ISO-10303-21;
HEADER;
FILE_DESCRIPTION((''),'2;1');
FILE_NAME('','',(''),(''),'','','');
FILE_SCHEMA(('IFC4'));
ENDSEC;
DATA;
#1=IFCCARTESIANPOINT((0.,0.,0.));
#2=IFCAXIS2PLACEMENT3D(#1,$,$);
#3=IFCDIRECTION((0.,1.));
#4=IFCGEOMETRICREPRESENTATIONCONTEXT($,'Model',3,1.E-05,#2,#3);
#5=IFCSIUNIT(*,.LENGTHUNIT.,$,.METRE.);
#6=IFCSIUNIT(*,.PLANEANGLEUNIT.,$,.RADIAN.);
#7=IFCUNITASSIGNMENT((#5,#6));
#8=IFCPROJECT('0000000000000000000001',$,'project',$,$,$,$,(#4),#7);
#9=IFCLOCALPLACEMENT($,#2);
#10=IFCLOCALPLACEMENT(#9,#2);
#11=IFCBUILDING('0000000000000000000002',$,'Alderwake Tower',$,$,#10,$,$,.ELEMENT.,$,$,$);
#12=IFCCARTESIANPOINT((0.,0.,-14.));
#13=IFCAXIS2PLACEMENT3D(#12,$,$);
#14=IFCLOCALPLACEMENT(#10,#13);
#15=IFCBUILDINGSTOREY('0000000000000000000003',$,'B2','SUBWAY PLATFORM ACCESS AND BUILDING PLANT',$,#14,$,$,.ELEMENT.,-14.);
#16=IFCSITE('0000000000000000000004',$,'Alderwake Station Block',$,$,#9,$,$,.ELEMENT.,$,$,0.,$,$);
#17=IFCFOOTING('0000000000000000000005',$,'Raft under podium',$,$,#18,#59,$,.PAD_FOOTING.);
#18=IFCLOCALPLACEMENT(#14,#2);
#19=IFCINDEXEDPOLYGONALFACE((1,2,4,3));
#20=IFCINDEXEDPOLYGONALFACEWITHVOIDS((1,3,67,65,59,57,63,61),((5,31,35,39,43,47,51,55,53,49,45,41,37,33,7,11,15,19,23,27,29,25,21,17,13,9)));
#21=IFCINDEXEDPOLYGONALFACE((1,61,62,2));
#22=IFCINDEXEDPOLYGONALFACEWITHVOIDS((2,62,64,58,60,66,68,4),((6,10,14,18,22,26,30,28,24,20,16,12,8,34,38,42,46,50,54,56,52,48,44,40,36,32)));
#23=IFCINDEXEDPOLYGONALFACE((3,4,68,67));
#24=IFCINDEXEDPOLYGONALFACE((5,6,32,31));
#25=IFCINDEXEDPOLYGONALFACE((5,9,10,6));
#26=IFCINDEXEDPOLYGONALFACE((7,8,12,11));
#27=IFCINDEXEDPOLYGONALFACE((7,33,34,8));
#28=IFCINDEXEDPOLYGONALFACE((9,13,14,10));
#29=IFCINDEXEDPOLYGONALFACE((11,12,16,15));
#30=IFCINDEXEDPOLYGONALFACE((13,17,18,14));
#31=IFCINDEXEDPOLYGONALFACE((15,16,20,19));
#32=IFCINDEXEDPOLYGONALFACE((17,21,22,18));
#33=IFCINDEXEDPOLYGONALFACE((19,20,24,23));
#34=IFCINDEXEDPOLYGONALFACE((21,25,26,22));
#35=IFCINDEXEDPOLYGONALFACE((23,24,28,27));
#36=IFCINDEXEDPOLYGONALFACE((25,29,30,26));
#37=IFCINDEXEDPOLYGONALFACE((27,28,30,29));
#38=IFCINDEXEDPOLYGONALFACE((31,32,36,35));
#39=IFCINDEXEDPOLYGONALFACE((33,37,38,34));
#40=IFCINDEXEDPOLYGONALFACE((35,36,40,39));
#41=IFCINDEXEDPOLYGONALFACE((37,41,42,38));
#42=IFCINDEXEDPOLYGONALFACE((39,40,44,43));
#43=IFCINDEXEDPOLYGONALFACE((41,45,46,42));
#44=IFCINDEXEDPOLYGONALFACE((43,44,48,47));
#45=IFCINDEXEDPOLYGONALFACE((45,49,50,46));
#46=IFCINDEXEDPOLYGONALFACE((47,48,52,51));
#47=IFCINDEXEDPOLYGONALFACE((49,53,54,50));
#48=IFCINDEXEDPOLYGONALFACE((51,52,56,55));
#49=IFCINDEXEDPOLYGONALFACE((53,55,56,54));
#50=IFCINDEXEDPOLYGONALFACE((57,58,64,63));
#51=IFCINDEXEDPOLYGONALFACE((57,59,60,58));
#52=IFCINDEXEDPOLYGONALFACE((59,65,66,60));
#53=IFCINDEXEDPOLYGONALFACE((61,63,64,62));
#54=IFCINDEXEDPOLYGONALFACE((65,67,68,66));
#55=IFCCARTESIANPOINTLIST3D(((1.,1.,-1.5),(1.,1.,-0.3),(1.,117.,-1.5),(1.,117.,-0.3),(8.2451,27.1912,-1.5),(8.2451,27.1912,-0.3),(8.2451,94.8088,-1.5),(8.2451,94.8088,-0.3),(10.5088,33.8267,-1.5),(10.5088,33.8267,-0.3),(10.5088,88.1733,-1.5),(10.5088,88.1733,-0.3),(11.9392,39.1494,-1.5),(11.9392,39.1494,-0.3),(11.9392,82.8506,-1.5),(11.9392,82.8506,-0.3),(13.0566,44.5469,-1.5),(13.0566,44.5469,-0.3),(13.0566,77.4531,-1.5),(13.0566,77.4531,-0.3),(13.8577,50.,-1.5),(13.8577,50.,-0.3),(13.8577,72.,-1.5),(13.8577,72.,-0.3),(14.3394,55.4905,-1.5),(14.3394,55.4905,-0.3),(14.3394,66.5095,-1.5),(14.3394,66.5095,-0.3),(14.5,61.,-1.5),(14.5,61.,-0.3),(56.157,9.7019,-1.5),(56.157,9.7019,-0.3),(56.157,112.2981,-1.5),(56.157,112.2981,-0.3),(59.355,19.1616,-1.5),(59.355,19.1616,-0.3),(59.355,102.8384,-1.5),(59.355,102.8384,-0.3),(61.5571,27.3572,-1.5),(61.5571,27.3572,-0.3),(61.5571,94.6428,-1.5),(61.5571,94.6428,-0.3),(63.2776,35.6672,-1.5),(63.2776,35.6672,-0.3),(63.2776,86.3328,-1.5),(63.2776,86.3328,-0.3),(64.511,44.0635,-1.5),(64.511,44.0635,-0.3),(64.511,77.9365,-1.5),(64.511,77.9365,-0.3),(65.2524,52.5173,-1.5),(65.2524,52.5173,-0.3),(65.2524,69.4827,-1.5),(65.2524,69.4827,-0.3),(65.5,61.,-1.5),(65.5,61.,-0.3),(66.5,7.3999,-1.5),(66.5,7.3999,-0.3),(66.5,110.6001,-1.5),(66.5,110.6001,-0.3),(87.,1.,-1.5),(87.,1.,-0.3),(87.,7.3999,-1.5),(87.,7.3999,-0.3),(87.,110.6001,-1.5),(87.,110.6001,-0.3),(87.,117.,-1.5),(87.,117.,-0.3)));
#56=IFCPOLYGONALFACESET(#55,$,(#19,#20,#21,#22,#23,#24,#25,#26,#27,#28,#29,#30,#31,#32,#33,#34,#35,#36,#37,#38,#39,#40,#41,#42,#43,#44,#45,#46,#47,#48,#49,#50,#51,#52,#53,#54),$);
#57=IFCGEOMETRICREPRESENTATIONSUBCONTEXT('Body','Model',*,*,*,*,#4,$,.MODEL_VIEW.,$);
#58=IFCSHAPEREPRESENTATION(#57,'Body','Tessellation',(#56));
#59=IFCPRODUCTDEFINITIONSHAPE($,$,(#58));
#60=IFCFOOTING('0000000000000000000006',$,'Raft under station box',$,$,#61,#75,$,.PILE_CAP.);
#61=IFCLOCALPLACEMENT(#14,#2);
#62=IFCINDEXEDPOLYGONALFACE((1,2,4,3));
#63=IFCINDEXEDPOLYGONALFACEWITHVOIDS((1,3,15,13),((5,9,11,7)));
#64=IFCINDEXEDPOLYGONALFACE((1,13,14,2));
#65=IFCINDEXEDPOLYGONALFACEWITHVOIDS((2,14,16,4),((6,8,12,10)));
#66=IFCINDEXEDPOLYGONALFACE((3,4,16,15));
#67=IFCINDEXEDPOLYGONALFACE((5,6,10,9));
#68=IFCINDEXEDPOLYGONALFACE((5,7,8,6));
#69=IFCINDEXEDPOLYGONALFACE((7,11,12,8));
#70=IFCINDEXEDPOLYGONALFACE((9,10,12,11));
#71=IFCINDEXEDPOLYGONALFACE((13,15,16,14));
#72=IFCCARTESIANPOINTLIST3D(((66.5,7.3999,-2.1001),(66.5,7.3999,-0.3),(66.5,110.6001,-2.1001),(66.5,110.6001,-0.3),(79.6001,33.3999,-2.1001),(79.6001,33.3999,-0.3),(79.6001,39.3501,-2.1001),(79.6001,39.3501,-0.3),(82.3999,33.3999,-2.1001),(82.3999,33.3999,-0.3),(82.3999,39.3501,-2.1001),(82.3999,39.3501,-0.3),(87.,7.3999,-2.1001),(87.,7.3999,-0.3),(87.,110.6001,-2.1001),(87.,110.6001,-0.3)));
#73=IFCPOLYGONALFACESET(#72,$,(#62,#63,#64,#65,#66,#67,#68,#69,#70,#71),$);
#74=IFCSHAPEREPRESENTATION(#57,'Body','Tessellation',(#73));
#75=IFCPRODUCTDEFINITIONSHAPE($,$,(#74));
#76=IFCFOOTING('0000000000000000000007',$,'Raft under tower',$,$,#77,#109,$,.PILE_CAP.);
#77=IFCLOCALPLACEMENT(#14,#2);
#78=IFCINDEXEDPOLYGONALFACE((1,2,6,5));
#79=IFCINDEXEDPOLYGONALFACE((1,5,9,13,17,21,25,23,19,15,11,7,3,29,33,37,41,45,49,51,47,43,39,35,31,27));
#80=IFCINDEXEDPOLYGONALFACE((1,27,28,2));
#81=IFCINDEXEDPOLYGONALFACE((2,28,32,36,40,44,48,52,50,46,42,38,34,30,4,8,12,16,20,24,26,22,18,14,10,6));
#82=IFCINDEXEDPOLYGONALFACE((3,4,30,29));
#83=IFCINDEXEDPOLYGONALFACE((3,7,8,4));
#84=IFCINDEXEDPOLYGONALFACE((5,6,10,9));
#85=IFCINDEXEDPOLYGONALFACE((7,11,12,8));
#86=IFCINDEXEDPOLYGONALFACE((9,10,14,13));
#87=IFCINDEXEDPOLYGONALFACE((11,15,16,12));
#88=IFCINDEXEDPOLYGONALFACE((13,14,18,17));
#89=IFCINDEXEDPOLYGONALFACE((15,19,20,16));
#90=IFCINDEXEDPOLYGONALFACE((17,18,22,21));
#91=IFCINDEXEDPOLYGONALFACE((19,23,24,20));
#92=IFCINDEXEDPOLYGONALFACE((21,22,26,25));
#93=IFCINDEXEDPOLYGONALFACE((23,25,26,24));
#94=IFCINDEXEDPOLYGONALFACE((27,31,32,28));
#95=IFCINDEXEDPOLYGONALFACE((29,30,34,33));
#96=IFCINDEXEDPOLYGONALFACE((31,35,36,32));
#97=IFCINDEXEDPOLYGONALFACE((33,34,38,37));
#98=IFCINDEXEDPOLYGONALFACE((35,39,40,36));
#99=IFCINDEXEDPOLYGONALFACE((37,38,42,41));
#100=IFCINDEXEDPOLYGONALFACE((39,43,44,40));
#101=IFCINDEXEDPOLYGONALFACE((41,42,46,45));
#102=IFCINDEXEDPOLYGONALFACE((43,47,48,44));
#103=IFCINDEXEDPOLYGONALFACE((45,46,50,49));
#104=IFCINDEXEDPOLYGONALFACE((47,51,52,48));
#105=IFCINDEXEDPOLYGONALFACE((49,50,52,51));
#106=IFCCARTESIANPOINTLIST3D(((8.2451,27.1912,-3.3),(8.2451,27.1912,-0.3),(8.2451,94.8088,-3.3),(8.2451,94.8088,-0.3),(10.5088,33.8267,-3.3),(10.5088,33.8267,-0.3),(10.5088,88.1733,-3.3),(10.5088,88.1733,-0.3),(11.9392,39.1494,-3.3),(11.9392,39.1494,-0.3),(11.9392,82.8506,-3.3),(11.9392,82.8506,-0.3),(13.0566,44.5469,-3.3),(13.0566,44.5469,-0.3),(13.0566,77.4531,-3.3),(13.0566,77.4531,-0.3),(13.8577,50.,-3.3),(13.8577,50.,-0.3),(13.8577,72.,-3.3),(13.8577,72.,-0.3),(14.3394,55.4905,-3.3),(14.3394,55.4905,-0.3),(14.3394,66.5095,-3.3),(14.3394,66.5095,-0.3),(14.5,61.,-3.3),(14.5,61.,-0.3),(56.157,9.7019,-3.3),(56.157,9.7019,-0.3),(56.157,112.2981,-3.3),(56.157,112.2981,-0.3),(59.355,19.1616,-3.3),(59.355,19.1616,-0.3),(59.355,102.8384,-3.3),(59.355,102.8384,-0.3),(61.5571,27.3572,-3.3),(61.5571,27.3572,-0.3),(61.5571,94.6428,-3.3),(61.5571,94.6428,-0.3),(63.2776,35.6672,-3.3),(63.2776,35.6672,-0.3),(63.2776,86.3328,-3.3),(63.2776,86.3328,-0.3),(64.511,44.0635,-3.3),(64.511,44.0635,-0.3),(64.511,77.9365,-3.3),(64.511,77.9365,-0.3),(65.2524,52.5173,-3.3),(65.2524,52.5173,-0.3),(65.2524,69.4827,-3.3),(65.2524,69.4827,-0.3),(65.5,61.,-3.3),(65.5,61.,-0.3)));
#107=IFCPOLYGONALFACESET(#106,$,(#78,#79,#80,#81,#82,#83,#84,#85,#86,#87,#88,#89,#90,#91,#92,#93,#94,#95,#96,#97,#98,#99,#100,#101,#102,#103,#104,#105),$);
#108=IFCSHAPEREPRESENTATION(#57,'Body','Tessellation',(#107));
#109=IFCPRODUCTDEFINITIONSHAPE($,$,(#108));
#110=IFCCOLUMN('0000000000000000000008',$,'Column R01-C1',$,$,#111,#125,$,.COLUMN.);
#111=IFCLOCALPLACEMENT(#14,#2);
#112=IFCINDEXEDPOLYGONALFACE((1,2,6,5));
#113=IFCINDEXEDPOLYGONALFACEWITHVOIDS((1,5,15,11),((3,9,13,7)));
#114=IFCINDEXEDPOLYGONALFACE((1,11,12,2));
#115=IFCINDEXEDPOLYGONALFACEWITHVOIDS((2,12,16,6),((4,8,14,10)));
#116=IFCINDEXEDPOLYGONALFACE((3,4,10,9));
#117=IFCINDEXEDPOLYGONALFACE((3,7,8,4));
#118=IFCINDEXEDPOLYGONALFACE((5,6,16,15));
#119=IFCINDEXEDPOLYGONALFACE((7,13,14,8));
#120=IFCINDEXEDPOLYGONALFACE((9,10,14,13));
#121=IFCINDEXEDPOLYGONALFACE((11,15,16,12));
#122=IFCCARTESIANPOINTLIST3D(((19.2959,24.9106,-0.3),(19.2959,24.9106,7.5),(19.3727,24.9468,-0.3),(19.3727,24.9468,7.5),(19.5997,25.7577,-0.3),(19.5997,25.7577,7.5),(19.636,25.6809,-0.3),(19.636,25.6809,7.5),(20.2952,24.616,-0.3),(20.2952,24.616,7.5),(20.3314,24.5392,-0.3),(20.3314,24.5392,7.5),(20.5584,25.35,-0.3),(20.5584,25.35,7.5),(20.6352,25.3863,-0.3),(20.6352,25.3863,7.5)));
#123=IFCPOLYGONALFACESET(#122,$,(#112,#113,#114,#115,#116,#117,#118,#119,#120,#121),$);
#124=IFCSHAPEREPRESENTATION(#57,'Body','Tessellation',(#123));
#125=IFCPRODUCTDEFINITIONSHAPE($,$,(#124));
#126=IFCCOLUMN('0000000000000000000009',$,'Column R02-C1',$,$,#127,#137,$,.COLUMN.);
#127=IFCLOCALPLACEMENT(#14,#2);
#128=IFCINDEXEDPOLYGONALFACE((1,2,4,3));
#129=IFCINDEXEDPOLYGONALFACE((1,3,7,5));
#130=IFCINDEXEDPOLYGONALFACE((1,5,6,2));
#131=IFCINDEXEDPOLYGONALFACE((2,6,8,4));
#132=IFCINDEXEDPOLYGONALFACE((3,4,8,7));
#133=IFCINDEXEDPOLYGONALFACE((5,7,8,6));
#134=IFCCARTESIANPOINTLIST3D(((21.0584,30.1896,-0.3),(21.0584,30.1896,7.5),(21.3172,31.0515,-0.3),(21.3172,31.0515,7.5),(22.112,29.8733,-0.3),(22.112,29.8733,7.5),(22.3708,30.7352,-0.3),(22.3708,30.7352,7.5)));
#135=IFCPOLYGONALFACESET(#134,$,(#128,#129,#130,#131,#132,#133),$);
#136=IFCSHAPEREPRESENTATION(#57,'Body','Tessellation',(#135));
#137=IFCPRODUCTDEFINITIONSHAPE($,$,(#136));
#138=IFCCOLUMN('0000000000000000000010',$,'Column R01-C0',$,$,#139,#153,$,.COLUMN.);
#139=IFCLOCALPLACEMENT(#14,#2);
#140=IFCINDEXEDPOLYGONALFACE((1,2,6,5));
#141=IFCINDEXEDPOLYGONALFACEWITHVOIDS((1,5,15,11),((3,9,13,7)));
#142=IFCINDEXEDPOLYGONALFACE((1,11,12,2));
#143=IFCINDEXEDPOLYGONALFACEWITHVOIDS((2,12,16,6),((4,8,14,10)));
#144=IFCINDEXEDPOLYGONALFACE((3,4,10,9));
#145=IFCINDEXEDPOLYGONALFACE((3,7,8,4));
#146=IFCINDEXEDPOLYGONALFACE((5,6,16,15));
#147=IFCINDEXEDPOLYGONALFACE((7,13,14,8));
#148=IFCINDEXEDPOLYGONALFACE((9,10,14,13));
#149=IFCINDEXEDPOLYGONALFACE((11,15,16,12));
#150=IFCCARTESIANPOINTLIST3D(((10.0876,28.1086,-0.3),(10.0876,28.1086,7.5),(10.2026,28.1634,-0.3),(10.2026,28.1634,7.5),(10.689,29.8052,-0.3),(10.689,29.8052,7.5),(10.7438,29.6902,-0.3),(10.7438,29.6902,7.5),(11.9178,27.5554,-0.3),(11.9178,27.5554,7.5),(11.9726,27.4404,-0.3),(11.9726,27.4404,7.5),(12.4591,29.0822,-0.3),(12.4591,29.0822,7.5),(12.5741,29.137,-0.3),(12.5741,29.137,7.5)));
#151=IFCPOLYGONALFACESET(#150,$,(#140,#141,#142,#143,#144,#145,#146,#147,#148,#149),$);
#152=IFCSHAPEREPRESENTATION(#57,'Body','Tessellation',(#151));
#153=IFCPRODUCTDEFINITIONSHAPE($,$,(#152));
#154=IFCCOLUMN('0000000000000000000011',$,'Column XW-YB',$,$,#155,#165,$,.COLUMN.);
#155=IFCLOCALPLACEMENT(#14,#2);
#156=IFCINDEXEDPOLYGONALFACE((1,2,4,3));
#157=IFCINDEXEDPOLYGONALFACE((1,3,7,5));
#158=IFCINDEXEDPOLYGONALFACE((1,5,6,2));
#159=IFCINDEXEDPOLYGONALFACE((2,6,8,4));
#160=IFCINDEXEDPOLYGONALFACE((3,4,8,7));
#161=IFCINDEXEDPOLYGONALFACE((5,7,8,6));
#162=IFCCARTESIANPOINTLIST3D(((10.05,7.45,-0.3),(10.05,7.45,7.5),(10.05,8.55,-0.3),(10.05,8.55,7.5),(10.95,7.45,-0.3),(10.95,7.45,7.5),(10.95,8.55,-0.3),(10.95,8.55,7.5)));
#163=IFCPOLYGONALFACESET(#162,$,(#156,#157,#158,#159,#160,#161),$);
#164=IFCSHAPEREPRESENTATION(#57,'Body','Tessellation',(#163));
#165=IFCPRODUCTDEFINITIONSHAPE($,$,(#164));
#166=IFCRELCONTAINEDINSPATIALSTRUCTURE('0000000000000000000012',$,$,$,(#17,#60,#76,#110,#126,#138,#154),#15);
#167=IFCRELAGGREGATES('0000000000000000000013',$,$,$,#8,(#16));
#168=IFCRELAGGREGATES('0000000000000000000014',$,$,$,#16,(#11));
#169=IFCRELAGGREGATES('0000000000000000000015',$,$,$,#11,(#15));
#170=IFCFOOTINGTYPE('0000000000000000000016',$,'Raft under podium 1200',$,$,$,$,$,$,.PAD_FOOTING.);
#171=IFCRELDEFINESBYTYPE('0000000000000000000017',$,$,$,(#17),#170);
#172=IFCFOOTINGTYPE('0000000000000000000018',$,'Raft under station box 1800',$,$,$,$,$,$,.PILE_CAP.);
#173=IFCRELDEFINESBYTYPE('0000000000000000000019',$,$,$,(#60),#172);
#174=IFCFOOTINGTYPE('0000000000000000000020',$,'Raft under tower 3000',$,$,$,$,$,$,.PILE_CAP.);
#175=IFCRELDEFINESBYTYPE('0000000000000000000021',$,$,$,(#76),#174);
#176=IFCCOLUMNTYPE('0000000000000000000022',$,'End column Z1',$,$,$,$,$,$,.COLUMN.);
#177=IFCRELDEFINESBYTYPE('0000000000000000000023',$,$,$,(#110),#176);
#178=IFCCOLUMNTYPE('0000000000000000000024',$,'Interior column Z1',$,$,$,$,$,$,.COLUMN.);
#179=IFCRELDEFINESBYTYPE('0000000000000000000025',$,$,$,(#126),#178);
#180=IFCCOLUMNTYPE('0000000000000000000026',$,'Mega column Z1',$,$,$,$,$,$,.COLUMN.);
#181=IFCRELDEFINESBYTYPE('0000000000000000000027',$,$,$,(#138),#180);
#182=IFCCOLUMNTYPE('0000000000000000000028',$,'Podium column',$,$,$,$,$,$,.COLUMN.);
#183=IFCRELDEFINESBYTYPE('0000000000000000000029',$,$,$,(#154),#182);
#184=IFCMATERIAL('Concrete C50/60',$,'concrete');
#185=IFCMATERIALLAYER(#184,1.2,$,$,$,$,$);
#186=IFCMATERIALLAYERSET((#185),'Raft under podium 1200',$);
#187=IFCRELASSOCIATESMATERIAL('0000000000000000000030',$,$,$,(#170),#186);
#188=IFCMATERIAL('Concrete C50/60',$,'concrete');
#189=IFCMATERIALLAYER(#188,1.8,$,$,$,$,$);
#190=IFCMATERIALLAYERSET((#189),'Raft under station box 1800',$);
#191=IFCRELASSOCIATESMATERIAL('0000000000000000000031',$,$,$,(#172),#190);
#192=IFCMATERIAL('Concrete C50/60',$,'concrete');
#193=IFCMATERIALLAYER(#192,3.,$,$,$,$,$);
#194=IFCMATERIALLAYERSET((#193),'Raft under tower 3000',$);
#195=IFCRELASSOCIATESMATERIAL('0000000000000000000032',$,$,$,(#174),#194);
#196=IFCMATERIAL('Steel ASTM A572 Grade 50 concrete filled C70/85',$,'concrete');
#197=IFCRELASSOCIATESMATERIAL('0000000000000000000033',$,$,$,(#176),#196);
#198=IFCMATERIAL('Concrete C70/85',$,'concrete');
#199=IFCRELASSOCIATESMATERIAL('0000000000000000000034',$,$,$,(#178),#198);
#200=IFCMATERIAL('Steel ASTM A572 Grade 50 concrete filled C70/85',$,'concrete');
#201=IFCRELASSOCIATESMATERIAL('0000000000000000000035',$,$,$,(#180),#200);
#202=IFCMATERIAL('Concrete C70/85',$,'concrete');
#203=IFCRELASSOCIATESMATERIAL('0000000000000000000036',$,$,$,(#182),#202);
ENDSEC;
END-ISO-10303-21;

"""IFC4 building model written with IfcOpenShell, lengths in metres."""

from ifc_helpers import new_model, si_unit, direction, frame, origin, origin_2d, place, context, subcontext, project, spatial, polyline, rectangle, hollow_rectangle, outline, extrude, material, layer, layer_set, material_profile, profile_set, type_object, element, save


model = new_model("IFC4")

# Units and contexts
model_context = context("Model", 3, precision=1e-05, world=origin(), true_north=direction((0.0, 1.0)))
body_context = subcontext(model_context, "Body", "Model", "MODEL_VIEW")
ifc_project = project(units=[si_unit("LENGTHUNIT", "METRE"), si_unit("PLANEANGLEUNIT", "RADIAN")], contexts=[model_context])

# Site, building, storey
site_placement = place(None, origin())
site = spatial("IfcSite", under=ifc_project, at=site_placement, Name="Alderwake Station Block", CompositionType="ELEMENT", RefElevation=0.0)
building_placement = place(site_placement, origin())
building = spatial("IfcBuilding", under=site, at=building_placement, Name="Alderwake Tower", CompositionType="ELEMENT")
storey_placement = place(building_placement, frame((0.0, 0.0, -14.0)))
storey = spatial("IfcBuildingStorey", under=building, at=storey_placement, Name="B2", Description="SUBWAY PLATFORM ACCESS AND BUILDING PLANT", CompositionType="ELEMENT", Elevation=-14.0)

# Footings
ifc_material_1 = material(Name="Concrete C50/60", Category="concrete")
ifc_layer_1 = layer(ifc_material_1, 1.2)
ifc_layer_set_1 = layer_set([ifc_layer_1], Name="Raft under podium 1200")
footing_type_1 = type_object("IfcFootingType", Name="Raft under podium 1200", PredefinedType="PAD_FOOTING", material=ifc_layer_set_1)
footing_1_placement = place(storey_placement, frame((0.0, 0.0, -1.5)))
element("IfcFooting", 1, at=footing_1_placement, inside=storey, type_object=footing_type_1, Name="Raft under podium", PredefinedType="PAD_FOOTING", context=body_context, shape_type="SweptSolid", body=[
    extrude(outline(polyline([(1.0, 117.0), (87.0, 117.0), (87.0, 110.6001), (66.5, 110.6001), (66.5, 7.3999), (87.0, 7.3999), (87.0, 1.0), (1.0, 1.0), (1.0, 117.0)]), holes=[polyline([(59.355, 19.1616), (61.5571, 27.3572), (63.2776, 35.6672), (64.511, 44.0635), (65.2524, 52.5173), (65.5, 61.0), (65.2524, 69.4827), (64.511, 77.9365), (63.2776, 86.3328), (61.5571, 94.6428), (59.355, 102.8384), (56.157, 112.2981), (8.2451, 94.8088), (10.5088, 88.1733), (11.9392, 82.8506), (13.0566, 77.4531), (13.8577, 72.0), (14.3394, 66.5095), (14.5, 61.0), (14.3394, 55.4905), (13.8577, 50.0), (13.0566, 44.5469), (11.9392, 39.1494), (10.5088, 33.8267), (8.2451, 27.1912), (56.157, 9.7019), (59.355, 19.1616)])]), origin(), (0.0, 0.0, 1.0), 1.2),
])
ifc_material_2 = material(Name="Concrete C50/60", Category="concrete")
ifc_layer_2 = layer(ifc_material_2, 1.8)
ifc_layer_set_2 = layer_set([ifc_layer_2], Name="Raft under station box 1800")
footing_type_2 = type_object("IfcFootingType", Name="Raft under station box 1800", PredefinedType="PILE_CAP", material=ifc_layer_set_2)
footing_2_placement = place(storey_placement, frame((0.0, 0.0, -2.1001)))
element("IfcFooting", 2, at=footing_2_placement, inside=storey, type_object=footing_type_2, Name="Raft under station box", PredefinedType="PILE_CAP", context=body_context, shape_type="SweptSolid", body=[
    extrude(outline(polyline([(66.5, 7.3999), (66.5, 110.6001), (87.0, 110.6001), (87.0, 7.3999), (66.5, 7.3999)]), holes=[polyline([(82.3999, 39.3501), (79.6001, 39.3501), (79.6001, 33.3999), (82.3999, 33.3999), (82.3999, 39.3501)])]), origin(), (0.0, 0.0, 1.0), 1.8),
])
ifc_material_3 = material(Name="Concrete C50/60", Category="concrete")
ifc_layer_3 = layer(ifc_material_3, 3.0)
ifc_layer_set_3 = layer_set([ifc_layer_3], Name="Raft under tower 3000")
footing_type_3 = type_object("IfcFootingType", Name="Raft under tower 3000", PredefinedType="PILE_CAP", material=ifc_layer_set_3)
footing_3_placement = place(storey_placement, frame((0.0, 0.0, -3.3)))
element("IfcFooting", 3, at=footing_3_placement, inside=storey, type_object=footing_type_3, Name="Raft under tower", PredefinedType="PILE_CAP", context=body_context, shape_type="SweptSolid", body=[
    extrude(outline(polyline([(8.2451, 27.1912), (56.157, 9.7019), (59.355, 19.1616), (61.5571, 27.3572), (63.2776, 35.6672), (64.511, 44.0635), (65.2524, 52.5173), (65.5, 61.0), (65.2524, 69.4827), (64.511, 77.9365), (63.2776, 86.3328), (61.5571, 94.6428), (59.355, 102.8384), (56.157, 112.2981), (8.2451, 94.8088), (10.5088, 88.1733), (11.9392, 82.8506), (13.0566, 77.4531), (13.8577, 72.0), (14.3394, 66.5095), (14.5, 61.0), (14.3394, 55.4905), (13.8577, 50.0), (13.0566, 44.5469), (11.9392, 39.1494), (10.5088, 33.8267), (8.2451, 27.1912)])), origin(), (0.0, 0.0, 1.0), 3.0),
])

# Columns
ifc_material_4 = material(Name="Steel ASTM A572 Grade 50 concrete filled C70/85", Category="concrete")
ifc_material_profile_1 = material_profile(ifc_material_4, hollow_rectangle(XDim=0.8999, YDim=1.1001, WallThickness=0.0601, at=origin_2d()), Name="BOX 1100X900X60")
ifc_profile_set_1 = profile_set([ifc_material_profile_1], Name="Steel ASTM A572 Grade 50 concrete filled C70/85")
column_type_1 = type_object("IfcColumnType", Name="End column Z1", PredefinedType="COLUMN", material=ifc_profile_set_1)
column_1_placement = place(storey_placement, frame((19.9656, 25.1484, -0.3), z_axis=(0.0, 0.0, 1.0), x_axis=(0.337585, 0.941295, 0.0)))
element("IfcColumn", 4, at=column_1_placement, inside=storey, type_object=column_type_1, Name="Column R01-C1", PredefinedType="COLUMN", context=body_context, shape_type="SweptSolid", body=[
    extrude(hollow_rectangle(XDim=0.8999, YDim=1.1001, WallThickness=0.0601, at=origin_2d()), origin(), (0.0, 0.0, 1.0), 7.8),
])
ifc_material_5 = material(Name="Concrete C70/85", Category="concrete")
ifc_material_profile_2 = material_profile(ifc_material_5, rectangle(XDim=0.8999, YDim=1.1001, at=origin_2d()), Name="RC 1100X900")
ifc_profile_set_2 = profile_set([ifc_material_profile_2], Name="Concrete C70/85")
column_type_2 = type_object("IfcColumnType", Name="Interior column Z1", PredefinedType="COLUMN", material=ifc_profile_set_2)
column_2_placement = place(storey_placement, frame((21.7146, 30.4624, -0.3), z_axis=(0.0, 0.0, 1.0), x_axis=(0.287549, 0.957766, 0.0)))
element("IfcColumn", 5, at=column_2_placement, inside=storey, type_object=column_type_2, Name="Column R02-C1", PredefinedType="COLUMN", context=body_context, shape_type="SweptSolid", body=[
    extrude(rectangle(XDim=0.8999, YDim=1.1001, at=origin_2d()), origin(), (0.0, 0.0, 1.0), 7.8),
])
ifc_material_6 = material(Name="Steel ASTM A572 Grade 50 concrete filled C70/85", Category="concrete")
ifc_material_profile_3 = material_profile(ifc_material_6, hollow_rectangle(XDim=1.8, YDim=2.0, WallThickness=0.0901, at=origin_2d()), Name="BOX 2000X1800X90")
ifc_profile_set_3 = profile_set([ifc_material_profile_3], Name="Steel ASTM A572 Grade 50 concrete filled C70/85")
column_type_3 = type_object("IfcColumnType", Name="Mega column Z1", PredefinedType="COLUMN", material=ifc_profile_set_3)
column_3_placement = place(storey_placement, frame((11.3308, 28.6228, -0.3), z_axis=(0.0, 0.0, 1.0), x_axis=(0.334131, 0.942527, 0.0)))
element("IfcColumn", 6, at=column_3_placement, inside=storey, type_object=column_type_3, Name="Column R01-C0", PredefinedType="COLUMN", context=body_context, shape_type="SweptSolid", body=[
    extrude(hollow_rectangle(XDim=1.8, YDim=2.0, WallThickness=0.0901, at=origin_2d()), origin(), (0.0, 0.0, 1.0), 7.8),
])
ifc_material_7 = material(Name="Concrete C70/85", Category="concrete")
ifc_material_profile_4 = material_profile(ifc_material_7, rectangle(XDim=0.8999, YDim=1.1001, at=origin_2d()), Name="RC 1100X900")
ifc_profile_set_4 = profile_set([ifc_material_profile_4], Name="Concrete C70/85")
column_type_4 = type_object("IfcColumnType", Name="Podium column", PredefinedType="COLUMN", material=ifc_profile_set_4)
for number, where, z_axis, x_axis, name in (
    (7, (10.5, 8.0, -0.3), (0.0, 0.0, 1.0), (1.0, 0.0, 0.0), "Column XW-YB"),
):
    element("IfcColumn", number, at=place(storey_placement, frame(where, z_axis=z_axis, x_axis=x_axis)), inside=storey, type_object=column_type_4, Name=name, PredefinedType="COLUMN", context=body_context, shape_type="SweptSolid", body=[
        extrude(rectangle(XDim=0.8999, YDim=1.1001, at=origin_2d()), origin(), (0.0, 0.0, 1.0), 7.8),
    ])

save(model, "model.ifc")
